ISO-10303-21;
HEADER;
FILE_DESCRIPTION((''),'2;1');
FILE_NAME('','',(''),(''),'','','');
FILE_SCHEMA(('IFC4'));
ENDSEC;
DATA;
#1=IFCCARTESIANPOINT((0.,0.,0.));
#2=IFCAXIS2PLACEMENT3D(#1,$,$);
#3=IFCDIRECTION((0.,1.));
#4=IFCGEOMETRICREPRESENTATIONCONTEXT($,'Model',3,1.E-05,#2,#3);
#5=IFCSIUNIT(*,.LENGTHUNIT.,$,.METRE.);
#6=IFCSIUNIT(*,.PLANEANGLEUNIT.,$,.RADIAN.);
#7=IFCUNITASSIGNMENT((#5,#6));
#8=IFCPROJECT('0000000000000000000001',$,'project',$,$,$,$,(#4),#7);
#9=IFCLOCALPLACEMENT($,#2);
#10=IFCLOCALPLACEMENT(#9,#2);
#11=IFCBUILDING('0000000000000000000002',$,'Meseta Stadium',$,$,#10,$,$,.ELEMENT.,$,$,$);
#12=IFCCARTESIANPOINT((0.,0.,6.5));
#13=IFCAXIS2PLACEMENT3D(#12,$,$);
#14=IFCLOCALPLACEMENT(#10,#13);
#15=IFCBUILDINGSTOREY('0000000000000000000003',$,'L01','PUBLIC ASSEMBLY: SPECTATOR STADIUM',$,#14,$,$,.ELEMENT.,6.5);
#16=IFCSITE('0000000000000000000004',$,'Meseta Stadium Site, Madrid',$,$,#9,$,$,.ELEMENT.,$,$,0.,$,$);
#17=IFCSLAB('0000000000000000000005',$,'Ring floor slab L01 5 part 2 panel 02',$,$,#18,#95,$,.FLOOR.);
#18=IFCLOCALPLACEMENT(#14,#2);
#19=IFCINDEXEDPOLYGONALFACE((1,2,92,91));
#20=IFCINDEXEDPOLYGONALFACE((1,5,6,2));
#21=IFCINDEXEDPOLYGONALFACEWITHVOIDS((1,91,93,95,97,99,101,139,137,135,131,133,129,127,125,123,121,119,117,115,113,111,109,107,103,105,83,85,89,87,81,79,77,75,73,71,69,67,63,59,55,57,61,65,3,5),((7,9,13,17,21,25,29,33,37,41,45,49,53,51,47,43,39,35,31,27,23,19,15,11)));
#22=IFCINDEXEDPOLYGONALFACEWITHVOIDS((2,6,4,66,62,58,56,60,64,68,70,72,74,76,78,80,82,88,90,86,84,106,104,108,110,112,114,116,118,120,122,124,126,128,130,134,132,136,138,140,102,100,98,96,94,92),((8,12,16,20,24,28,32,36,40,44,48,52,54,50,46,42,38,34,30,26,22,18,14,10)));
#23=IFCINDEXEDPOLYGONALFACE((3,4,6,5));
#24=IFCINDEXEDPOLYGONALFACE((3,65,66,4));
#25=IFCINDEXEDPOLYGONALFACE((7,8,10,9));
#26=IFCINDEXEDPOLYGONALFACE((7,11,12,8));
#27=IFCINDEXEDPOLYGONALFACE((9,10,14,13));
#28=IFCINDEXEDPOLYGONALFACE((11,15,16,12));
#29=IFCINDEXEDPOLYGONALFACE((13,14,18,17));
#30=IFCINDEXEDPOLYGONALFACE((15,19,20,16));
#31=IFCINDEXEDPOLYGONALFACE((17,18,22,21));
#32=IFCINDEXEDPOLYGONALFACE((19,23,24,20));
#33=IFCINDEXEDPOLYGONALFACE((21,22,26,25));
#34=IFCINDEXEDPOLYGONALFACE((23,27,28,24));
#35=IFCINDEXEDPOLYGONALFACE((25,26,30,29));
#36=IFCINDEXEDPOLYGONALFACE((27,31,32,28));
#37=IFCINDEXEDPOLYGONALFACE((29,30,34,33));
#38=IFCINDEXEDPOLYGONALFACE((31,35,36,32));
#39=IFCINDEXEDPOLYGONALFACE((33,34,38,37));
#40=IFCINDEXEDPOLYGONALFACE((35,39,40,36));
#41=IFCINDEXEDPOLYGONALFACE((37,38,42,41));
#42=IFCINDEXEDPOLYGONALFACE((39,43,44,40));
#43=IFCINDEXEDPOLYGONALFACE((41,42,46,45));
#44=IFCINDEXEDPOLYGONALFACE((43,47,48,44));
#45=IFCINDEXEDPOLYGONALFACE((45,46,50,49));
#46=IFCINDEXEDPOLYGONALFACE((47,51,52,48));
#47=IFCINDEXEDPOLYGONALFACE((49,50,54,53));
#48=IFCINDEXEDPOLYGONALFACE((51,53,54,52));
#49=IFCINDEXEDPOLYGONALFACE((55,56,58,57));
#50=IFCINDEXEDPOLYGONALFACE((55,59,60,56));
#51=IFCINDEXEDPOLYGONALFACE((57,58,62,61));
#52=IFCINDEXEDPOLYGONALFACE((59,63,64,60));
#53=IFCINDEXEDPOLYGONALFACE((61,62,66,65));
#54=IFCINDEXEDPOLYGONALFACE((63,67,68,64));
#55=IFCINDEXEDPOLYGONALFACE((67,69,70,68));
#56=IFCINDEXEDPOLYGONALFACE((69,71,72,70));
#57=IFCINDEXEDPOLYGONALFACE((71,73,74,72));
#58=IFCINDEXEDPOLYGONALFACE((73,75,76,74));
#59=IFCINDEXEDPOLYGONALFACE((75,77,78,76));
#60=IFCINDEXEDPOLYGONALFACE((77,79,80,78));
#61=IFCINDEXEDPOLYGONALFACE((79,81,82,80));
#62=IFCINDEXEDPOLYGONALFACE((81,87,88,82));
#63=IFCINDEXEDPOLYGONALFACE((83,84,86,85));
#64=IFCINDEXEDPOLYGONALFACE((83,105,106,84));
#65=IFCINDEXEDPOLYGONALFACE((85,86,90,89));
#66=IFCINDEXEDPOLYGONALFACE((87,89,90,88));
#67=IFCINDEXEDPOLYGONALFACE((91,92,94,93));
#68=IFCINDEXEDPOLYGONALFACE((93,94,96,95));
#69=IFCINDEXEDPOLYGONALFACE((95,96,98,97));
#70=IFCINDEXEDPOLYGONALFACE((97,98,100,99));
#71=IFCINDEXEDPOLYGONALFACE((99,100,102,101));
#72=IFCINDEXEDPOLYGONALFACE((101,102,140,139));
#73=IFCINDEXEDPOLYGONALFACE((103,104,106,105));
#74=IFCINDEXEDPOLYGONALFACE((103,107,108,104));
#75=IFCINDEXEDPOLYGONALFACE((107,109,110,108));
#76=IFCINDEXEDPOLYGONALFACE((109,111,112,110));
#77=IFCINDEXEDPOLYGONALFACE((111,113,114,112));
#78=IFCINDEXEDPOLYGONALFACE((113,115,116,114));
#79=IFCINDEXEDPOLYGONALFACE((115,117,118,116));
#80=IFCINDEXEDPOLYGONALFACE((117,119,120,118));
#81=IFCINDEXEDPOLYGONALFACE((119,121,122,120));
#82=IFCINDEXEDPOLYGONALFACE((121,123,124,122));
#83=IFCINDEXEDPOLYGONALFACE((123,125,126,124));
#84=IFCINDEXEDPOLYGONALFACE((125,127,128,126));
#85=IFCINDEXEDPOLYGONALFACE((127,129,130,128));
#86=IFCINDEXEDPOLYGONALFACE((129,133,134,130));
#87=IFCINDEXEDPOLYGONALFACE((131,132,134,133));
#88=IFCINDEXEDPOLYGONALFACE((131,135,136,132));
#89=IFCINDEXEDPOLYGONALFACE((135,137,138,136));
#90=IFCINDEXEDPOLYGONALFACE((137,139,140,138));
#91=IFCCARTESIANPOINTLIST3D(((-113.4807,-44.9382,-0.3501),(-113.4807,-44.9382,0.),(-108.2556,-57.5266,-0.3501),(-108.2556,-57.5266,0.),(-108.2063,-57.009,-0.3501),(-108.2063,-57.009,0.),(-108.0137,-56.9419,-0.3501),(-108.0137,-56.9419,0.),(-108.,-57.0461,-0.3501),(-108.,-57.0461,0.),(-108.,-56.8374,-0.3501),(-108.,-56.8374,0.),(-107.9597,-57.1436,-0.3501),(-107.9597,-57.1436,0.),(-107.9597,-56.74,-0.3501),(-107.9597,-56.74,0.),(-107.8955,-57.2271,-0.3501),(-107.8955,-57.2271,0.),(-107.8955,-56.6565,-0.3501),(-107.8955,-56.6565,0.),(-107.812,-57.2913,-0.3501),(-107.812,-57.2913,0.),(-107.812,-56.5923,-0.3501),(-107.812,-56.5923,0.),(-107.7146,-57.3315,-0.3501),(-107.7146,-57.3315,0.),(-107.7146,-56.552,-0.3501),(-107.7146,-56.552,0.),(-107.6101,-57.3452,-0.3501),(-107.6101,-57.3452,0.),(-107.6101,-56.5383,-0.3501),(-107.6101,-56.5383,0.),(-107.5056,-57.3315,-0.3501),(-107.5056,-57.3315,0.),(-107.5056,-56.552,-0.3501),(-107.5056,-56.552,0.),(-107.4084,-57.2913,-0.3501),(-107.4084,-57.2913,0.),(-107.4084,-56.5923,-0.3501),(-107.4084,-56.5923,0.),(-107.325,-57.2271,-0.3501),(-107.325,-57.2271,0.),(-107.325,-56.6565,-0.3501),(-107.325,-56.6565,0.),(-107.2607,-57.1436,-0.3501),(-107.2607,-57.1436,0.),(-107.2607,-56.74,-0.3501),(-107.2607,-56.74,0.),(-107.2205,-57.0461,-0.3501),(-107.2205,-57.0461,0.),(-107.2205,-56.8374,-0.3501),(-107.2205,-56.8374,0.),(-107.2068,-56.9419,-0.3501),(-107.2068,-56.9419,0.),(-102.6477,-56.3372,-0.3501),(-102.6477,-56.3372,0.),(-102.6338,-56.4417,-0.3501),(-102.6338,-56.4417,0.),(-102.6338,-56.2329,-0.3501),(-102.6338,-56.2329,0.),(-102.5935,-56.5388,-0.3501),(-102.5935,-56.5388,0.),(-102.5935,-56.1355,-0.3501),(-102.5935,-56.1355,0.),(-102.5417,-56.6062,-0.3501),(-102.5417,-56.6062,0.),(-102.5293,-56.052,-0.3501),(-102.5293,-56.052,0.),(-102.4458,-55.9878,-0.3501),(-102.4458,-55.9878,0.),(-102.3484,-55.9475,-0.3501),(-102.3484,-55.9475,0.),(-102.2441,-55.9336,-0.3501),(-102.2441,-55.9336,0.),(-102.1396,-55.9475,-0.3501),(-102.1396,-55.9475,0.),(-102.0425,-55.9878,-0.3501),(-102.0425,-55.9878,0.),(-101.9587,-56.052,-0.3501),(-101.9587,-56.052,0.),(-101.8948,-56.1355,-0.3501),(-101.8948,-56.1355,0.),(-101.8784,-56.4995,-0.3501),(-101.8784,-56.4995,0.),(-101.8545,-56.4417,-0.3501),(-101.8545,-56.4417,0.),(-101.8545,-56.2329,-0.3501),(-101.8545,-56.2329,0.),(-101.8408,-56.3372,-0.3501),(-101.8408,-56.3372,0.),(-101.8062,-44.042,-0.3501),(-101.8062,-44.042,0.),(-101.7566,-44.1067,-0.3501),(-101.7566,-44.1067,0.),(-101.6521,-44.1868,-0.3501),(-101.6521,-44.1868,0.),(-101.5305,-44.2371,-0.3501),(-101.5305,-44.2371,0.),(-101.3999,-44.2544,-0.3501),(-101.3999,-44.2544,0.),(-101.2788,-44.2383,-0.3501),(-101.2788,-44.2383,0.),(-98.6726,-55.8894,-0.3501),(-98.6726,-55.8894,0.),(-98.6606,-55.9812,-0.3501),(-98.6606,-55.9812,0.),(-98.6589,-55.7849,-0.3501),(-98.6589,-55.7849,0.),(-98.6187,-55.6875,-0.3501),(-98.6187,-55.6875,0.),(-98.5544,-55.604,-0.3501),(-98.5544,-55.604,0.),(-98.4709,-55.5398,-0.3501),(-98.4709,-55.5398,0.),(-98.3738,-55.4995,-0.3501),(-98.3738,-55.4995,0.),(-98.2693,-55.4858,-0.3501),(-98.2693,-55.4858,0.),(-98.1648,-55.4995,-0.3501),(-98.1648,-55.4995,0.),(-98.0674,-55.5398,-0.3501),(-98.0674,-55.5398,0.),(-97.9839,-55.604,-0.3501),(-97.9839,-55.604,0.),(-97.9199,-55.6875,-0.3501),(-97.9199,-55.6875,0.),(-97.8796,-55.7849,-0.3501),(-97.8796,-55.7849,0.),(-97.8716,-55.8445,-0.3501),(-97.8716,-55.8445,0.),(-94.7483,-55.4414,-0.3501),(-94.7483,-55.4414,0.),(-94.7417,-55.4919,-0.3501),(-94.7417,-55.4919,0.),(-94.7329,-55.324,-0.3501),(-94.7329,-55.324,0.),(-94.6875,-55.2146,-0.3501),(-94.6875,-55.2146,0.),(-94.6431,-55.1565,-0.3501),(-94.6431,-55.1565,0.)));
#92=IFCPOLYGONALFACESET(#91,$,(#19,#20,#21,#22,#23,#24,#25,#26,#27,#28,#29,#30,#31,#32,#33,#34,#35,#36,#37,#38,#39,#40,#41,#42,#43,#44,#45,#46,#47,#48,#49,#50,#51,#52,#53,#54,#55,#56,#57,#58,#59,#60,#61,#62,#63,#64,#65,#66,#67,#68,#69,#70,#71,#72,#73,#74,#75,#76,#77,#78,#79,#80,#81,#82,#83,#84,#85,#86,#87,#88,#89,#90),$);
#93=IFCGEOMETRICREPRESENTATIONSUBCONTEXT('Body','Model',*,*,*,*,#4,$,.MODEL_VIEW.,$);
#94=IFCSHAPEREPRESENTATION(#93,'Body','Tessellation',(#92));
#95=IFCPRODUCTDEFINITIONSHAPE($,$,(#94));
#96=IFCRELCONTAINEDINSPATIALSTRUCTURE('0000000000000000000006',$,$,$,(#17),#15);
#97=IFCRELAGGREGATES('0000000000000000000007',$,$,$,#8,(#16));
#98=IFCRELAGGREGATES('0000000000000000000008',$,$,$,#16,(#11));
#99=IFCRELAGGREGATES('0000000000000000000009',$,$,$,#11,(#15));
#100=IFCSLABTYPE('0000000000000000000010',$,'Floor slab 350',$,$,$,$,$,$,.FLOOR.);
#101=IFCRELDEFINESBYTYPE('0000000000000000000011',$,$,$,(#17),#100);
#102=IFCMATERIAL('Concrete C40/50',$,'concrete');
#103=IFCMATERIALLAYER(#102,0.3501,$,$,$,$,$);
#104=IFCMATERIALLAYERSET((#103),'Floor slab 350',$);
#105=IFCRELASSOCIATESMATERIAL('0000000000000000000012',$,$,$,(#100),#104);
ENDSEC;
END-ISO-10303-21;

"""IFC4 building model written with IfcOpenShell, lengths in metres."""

from ifc_helpers import new_model, si_unit, direction, frame, origin, place, context, subcontext, project, spatial, polyline, outline, extrude, material, layer, layer_set, type_object, element, save


model = new_model("IFC4")

# Units and contexts
model_context = context("Model", 3, precision=1e-05, world=origin(), true_north=direction((0.0, 1.0)))
body_context = subcontext(model_context, "Body", "Model", "MODEL_VIEW")
ifc_project = project(units=[si_unit("LENGTHUNIT", "METRE"), si_unit("PLANEANGLEUNIT", "RADIAN")], contexts=[model_context])

# Site, building, storey
site_placement = place(None, origin())
site = spatial("IfcSite", under=ifc_project, at=site_placement, Name="Meseta Stadium Site, Madrid", CompositionType="ELEMENT", RefElevation=0.0)
building_placement = place(site_placement, origin())
building = spatial("IfcBuilding", under=site, at=building_placement, Name="Meseta Stadium", CompositionType="ELEMENT")
storey_placement = place(building_placement, frame((0.0, 0.0, 6.5)))
storey = spatial("IfcBuildingStorey", under=building, at=storey_placement, Name="L01", Description="PUBLIC ASSEMBLY: SPECTATOR STADIUM", CompositionType="ELEMENT", Elevation=6.5)

# Slab
ifc_material_1 = material(Name="Concrete C40/50", Category="concrete")
ifc_layer_1 = layer(ifc_material_1, 0.3501)
ifc_layer_set_1 = layer_set([ifc_layer_1], Name="Floor slab 350")
slab_type_1 = type_object("IfcSlabType", Name="Floor slab 350", PredefinedType="FLOOR", material=ifc_layer_set_1)
slab_1_placement = place(storey_placement, frame((0.0, 0.0, -0.3501)))
element("IfcSlab", 1, at=slab_1_placement, inside=storey, type_object=slab_type_1, Name="Ring floor slab L01 5 part 2 panel 02", PredefinedType="FLOOR", context=body_context, shape_type="SweptSolid", body=[
    extrude(outline(polyline([(-108.2556, -57.5266), (-102.5417, -56.6062), (-102.5935, -56.5388), (-102.6338, -56.4417), (-102.6477, -56.3372), (-102.6338, -56.2329), (-102.5935, -56.1355), (-102.5293, -56.052), (-102.4458, -55.9878), (-102.3484, -55.9475), (-102.2441, -55.9336), (-102.1396, -55.9475), (-102.0425, -55.9878), (-101.9587, -56.052), (-101.8948, -56.1355), (-101.8545, -56.2329), (-101.8408, -56.3372), (-101.8545, -56.4417), (-101.8784, -56.4995), (-98.6606, -55.9812), (-98.6726, -55.8894), (-98.6589, -55.7849), (-98.6187, -55.6875), (-98.5544, -55.604), (-98.4709, -55.5398), (-98.3738, -55.4995), (-98.2693, -55.4858), (-98.1648, -55.4995), (-98.0674, -55.5398), (-97.9839, -55.604), (-97.9199, -55.6875), (-97.8796, -55.7849), (-97.8716, -55.8445), (-94.7417, -55.4919), (-94.7483, -55.4414), (-94.7329, -55.324), (-94.6875, -55.2146), (-94.6431, -55.1565), (-101.2788, -44.2383), (-101.3999, -44.2544), (-101.5305, -44.2371), (-101.6521, -44.1868), (-101.7566, -44.1067), (-101.8062, -44.042), (-113.4807, -44.9382), (-108.2063, -57.009), (-108.2556, -57.5266)]), holes=[polyline([(-107.9597, -56.74), (-107.8955, -56.6565), (-107.812, -56.5923), (-107.7146, -56.552), (-107.6101, -56.5383), (-107.5056, -56.552), (-107.4084, -56.5923), (-107.325, -56.6565), (-107.2607, -56.74), (-107.2205, -56.8374), (-107.2068, -56.9419), (-107.2205, -57.0461), (-107.2607, -57.1436), (-107.325, -57.2271), (-107.4084, -57.2913), (-107.5056, -57.3315), (-107.6101, -57.3452), (-107.7146, -57.3315), (-107.812, -57.2913), (-107.8955, -57.2271), (-107.9597, -57.1436), (-108.0, -57.0461), (-108.0137, -56.9419), (-108.0, -56.8374), (-107.9597, -56.74)])]), origin(), (0.0, 0.0, 1.0), 0.3501),
])

save(model, "model.ifc")
